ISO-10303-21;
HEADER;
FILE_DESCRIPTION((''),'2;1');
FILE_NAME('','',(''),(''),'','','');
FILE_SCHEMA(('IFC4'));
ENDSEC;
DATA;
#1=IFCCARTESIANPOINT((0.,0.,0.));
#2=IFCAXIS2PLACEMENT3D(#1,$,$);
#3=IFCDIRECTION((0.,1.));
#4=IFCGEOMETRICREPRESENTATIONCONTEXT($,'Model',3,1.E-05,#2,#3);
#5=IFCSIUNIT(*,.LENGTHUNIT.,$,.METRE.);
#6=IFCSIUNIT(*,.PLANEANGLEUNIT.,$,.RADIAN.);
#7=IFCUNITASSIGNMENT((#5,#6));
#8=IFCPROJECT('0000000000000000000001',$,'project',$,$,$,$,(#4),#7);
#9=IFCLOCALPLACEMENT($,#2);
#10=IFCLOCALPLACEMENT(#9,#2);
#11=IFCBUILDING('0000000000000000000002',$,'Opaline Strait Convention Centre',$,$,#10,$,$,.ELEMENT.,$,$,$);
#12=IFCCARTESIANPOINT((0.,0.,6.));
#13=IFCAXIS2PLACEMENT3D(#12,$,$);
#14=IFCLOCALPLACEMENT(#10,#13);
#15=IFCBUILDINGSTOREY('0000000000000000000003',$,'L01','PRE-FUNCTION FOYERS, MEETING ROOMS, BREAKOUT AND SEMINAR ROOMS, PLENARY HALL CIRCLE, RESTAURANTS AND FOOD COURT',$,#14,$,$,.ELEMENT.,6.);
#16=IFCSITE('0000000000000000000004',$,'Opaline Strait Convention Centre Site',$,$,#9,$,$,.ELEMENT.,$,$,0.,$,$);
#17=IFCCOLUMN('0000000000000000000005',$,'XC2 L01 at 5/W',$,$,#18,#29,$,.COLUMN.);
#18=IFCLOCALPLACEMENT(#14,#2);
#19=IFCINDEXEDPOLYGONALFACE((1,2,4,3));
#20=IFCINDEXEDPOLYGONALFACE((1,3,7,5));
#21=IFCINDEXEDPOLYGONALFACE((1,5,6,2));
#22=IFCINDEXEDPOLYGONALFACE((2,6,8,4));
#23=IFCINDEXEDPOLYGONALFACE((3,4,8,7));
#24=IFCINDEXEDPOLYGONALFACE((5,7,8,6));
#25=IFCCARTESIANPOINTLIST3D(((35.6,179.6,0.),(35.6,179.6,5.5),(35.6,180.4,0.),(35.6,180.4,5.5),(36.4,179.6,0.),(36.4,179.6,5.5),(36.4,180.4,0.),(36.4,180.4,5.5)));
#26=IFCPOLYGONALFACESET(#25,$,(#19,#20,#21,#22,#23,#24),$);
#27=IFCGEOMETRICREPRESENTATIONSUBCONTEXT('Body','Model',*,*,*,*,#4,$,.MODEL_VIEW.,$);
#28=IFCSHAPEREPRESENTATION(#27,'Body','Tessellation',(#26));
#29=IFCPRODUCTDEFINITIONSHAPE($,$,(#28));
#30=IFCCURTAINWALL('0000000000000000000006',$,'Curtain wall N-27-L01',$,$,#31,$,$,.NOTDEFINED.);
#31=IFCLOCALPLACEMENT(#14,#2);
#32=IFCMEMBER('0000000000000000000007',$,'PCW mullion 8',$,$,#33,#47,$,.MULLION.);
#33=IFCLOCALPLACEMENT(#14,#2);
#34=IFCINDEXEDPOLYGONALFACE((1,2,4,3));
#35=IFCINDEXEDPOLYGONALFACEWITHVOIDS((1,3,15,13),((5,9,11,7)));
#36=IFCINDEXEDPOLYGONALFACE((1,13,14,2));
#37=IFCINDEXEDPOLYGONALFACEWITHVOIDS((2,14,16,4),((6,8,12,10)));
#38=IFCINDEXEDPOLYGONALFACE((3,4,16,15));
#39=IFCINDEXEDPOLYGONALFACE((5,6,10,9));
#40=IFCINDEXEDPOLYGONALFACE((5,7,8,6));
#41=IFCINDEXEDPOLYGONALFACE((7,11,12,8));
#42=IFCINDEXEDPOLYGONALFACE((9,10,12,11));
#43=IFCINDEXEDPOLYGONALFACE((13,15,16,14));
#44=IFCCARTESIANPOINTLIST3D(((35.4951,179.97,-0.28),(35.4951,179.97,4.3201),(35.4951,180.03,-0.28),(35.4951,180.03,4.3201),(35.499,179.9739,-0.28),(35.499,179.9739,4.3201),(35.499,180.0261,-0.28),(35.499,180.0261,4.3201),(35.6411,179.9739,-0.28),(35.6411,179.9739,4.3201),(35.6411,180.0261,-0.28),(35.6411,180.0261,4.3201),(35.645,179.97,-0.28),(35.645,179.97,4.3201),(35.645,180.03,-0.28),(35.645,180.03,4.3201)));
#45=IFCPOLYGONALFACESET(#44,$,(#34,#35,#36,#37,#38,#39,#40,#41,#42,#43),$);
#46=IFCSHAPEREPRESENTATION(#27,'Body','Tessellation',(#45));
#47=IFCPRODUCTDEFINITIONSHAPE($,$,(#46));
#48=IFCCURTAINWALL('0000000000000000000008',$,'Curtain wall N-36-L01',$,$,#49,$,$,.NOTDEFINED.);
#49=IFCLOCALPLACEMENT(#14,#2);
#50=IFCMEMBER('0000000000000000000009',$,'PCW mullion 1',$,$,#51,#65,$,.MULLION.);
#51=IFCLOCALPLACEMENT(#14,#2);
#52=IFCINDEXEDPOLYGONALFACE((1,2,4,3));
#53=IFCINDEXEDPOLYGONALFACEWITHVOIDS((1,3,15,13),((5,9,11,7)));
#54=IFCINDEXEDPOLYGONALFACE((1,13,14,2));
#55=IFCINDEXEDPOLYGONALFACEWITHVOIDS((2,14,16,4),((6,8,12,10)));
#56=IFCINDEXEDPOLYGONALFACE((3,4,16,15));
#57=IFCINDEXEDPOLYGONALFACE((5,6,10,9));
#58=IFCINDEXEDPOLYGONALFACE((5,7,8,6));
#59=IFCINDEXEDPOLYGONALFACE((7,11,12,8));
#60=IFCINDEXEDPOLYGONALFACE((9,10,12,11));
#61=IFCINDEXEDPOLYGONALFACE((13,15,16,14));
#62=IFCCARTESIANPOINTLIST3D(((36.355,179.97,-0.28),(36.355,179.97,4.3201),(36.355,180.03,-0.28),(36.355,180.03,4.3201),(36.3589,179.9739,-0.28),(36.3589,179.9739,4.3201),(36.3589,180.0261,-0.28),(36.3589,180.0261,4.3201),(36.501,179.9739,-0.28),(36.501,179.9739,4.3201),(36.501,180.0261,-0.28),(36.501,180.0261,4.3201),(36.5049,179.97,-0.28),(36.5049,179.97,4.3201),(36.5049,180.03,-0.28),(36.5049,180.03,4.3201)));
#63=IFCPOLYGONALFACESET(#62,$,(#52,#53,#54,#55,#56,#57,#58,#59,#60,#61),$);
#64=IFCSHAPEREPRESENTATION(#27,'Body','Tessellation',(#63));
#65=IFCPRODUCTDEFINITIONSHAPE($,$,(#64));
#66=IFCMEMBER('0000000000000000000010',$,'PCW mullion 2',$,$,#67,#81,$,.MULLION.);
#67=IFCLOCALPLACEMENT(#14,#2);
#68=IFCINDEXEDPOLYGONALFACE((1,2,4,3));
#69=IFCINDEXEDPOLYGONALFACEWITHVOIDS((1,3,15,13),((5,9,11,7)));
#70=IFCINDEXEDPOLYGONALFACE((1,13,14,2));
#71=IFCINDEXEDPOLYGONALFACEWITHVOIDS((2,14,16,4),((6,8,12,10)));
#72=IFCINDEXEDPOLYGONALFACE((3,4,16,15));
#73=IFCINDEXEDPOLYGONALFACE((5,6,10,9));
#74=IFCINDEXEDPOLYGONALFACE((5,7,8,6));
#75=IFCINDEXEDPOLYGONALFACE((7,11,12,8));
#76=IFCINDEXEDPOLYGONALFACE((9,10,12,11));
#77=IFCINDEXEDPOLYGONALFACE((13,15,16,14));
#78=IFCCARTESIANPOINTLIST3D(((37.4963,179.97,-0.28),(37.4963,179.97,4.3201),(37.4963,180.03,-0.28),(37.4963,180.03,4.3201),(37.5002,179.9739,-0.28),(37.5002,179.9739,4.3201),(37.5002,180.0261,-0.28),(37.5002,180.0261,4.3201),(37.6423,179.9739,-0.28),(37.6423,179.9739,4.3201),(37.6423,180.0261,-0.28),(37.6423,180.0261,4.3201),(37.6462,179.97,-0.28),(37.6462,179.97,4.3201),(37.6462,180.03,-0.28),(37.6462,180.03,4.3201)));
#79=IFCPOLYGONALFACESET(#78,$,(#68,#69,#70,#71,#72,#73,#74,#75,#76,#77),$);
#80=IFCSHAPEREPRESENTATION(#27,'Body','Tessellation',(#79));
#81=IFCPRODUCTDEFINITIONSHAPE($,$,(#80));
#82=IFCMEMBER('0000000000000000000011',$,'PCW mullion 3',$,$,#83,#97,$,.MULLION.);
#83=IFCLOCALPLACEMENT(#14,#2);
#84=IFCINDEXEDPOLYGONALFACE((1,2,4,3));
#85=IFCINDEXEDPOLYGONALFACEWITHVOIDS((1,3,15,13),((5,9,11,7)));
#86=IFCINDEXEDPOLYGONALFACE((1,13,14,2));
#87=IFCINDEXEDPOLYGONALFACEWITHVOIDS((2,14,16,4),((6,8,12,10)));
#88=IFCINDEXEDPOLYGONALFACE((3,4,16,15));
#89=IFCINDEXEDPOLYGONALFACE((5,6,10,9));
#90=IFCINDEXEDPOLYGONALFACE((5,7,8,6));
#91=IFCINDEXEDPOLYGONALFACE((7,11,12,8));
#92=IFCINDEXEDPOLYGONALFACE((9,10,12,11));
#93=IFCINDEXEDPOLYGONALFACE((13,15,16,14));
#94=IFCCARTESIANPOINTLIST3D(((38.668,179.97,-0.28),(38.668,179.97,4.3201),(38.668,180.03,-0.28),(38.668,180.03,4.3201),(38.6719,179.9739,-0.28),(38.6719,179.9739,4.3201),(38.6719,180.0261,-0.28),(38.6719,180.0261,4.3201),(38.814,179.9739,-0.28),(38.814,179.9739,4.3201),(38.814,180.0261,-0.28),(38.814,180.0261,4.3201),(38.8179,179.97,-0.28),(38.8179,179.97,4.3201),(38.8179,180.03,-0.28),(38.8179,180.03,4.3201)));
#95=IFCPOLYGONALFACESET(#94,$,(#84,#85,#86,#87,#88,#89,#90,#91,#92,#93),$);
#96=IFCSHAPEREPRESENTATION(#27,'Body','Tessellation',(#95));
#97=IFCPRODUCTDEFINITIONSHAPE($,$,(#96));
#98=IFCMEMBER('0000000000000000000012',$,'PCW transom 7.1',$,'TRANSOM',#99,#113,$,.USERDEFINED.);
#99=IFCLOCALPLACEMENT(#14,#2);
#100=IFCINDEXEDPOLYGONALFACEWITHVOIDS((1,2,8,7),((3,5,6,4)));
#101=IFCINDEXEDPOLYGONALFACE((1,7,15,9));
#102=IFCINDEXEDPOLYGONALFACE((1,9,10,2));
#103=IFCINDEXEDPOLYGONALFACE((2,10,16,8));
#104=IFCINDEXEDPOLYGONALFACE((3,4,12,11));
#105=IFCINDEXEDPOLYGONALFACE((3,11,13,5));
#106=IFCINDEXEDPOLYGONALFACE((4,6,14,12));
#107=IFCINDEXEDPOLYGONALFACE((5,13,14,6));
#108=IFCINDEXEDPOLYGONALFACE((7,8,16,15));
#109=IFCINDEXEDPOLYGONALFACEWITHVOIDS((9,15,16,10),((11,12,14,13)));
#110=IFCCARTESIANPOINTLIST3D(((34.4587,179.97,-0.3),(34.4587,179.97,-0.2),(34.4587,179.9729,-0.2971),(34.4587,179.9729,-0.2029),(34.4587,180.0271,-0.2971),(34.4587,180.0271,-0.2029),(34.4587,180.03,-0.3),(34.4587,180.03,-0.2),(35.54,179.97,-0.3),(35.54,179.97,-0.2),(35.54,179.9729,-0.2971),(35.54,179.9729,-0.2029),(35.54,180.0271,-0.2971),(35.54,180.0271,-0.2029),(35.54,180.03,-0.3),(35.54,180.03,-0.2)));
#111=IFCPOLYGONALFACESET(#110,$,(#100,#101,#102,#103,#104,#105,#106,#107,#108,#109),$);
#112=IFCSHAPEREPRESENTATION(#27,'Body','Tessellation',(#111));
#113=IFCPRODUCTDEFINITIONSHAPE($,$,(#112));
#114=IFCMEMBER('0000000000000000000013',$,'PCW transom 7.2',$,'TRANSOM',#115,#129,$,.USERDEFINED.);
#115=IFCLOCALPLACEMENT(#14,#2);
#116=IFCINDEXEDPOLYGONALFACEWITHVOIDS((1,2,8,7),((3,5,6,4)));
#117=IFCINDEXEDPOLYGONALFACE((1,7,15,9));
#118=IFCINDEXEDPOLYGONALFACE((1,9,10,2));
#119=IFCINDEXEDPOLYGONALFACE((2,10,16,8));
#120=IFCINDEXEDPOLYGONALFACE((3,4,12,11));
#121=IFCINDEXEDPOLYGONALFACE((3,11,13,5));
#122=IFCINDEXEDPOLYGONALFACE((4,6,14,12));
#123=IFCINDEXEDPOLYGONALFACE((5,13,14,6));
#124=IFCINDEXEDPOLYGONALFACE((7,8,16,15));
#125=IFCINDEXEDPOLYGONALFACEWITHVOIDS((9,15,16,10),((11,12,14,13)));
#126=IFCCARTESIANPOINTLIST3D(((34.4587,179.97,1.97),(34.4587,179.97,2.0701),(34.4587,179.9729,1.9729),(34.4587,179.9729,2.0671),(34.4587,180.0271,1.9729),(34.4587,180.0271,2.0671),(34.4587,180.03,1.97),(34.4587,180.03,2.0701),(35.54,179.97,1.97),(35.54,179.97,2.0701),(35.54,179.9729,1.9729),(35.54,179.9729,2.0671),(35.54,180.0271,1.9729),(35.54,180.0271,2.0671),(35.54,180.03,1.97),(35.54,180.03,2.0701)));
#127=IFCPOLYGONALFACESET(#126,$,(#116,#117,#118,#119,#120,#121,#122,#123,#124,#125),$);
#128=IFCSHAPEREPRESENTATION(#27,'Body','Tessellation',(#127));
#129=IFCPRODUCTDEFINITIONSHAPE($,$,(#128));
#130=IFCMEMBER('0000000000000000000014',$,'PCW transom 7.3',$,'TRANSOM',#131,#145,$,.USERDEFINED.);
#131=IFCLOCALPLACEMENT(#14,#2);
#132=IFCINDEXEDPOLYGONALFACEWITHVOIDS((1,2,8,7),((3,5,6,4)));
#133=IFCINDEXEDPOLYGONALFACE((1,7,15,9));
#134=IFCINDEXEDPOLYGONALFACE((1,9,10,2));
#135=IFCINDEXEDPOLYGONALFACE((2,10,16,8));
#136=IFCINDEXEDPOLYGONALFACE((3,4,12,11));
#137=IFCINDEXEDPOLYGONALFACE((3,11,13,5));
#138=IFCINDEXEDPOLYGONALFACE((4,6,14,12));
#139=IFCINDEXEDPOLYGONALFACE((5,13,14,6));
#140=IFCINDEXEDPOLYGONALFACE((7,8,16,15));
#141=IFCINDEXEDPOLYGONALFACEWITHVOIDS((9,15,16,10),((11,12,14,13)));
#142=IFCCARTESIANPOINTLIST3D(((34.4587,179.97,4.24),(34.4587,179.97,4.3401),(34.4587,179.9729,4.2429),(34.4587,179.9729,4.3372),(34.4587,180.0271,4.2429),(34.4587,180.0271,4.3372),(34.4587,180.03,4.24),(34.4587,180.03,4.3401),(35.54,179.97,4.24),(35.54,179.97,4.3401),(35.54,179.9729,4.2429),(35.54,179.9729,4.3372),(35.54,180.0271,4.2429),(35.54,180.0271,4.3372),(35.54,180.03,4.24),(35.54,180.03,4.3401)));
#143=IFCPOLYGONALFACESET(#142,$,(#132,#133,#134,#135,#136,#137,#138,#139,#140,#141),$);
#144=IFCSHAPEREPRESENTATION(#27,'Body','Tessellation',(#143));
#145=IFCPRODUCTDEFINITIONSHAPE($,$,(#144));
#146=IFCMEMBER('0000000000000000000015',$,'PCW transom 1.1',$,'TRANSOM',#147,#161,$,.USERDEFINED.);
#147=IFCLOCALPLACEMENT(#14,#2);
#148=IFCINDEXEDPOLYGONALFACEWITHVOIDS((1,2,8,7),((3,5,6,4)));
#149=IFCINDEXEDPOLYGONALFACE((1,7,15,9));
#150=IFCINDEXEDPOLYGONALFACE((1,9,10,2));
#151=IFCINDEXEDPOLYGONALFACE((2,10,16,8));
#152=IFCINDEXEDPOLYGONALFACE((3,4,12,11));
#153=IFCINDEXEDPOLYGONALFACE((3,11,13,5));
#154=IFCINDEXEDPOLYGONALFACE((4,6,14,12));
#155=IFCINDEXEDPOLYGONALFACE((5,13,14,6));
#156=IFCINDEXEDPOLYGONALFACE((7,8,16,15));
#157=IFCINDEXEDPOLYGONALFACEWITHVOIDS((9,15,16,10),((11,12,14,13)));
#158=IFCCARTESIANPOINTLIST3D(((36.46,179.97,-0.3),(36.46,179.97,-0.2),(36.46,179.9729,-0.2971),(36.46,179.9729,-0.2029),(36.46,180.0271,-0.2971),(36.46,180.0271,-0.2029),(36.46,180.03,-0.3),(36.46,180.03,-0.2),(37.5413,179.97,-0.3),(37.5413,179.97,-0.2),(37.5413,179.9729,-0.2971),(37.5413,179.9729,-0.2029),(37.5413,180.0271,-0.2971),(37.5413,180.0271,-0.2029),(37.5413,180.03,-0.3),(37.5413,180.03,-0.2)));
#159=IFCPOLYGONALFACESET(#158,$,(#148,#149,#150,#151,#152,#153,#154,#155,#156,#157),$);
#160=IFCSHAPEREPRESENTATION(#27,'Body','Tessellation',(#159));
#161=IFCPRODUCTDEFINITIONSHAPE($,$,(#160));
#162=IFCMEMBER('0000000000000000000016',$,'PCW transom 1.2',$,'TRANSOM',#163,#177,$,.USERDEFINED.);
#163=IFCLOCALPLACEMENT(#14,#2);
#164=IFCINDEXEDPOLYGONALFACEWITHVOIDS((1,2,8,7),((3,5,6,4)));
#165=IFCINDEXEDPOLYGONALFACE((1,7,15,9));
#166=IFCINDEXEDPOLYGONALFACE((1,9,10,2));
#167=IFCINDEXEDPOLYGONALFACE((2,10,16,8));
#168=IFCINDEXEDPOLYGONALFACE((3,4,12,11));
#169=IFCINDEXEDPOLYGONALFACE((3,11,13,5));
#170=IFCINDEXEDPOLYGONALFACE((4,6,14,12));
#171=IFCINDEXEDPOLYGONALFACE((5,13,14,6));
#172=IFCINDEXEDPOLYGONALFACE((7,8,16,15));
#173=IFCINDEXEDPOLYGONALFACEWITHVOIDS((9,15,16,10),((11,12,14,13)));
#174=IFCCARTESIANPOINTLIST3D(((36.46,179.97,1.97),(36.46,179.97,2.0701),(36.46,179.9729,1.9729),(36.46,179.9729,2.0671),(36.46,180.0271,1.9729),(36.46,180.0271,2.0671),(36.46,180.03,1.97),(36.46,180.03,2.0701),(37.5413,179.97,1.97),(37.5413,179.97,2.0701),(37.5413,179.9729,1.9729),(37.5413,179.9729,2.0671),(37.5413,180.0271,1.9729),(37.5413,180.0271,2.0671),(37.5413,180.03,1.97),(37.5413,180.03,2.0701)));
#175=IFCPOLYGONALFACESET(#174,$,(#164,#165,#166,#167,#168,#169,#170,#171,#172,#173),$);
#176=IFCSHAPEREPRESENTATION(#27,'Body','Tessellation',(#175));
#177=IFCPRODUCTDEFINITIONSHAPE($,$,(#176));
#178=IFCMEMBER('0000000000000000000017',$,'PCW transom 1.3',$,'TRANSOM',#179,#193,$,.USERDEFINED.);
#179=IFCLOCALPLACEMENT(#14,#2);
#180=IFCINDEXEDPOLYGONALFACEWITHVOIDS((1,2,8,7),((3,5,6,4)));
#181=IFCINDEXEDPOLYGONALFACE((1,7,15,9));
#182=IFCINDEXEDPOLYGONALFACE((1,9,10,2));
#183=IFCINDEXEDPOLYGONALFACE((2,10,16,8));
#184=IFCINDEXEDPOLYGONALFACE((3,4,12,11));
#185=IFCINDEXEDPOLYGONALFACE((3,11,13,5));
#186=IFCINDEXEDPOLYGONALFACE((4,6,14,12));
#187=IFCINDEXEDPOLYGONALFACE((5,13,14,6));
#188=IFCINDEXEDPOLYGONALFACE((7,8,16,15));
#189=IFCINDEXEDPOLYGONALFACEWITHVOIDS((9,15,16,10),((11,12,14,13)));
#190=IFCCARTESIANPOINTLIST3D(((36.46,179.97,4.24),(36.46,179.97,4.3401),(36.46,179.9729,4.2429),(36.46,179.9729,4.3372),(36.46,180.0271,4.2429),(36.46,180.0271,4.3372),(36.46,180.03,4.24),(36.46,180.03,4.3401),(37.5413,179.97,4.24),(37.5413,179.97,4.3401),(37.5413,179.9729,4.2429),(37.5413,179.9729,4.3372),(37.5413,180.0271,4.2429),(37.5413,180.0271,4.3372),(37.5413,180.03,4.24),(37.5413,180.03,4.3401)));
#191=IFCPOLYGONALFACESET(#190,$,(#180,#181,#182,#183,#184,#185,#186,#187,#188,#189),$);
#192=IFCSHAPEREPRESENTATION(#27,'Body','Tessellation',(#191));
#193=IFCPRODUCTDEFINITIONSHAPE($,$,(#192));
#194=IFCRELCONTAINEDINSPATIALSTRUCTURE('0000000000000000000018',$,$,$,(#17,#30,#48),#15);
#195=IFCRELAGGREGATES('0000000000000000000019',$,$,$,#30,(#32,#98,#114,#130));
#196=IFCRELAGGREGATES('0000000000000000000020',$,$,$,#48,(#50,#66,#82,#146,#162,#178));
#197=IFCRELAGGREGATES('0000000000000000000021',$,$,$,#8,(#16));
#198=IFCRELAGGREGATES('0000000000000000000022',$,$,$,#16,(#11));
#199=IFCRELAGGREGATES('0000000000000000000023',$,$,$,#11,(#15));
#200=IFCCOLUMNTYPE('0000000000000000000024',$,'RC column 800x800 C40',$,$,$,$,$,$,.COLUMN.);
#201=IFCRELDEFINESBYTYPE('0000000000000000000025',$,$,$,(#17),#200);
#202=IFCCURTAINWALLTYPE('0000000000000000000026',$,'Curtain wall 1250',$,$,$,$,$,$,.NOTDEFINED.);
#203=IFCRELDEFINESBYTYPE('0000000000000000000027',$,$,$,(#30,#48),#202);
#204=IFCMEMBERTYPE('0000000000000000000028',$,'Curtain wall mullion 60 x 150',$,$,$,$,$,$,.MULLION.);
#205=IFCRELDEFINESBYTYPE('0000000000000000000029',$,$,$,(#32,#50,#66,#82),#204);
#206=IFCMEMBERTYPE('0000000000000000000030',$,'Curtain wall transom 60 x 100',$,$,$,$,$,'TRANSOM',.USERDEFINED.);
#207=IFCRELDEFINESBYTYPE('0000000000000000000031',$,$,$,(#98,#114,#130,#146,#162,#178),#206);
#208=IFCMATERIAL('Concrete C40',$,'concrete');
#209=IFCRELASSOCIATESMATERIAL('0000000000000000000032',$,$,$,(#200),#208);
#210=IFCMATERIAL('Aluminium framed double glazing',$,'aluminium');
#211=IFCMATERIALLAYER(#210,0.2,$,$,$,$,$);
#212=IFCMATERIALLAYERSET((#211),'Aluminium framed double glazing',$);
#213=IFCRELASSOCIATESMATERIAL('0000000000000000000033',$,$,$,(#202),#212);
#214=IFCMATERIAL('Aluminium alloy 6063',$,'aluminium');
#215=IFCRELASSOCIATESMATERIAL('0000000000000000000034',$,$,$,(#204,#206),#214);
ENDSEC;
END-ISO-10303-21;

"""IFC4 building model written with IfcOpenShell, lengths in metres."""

from ifc_helpers import new_model, si_unit, direction, frame, origin, origin_2d, place, context, subcontext, project, spatial, rectangle, hollow_rectangle, extrude, material, layer, layer_set, material_profile, profile_set, type_object, element, aggregate, save


model = new_model("IFC4")

# Units and contexts
model_context = context("Model", 3, precision=1e-05, world=origin(), true_north=direction((0.0, 1.0)))
body_context = subcontext(model_context, "Body", "Model", "MODEL_VIEW")
ifc_project = project(units=[si_unit("LENGTHUNIT", "METRE"), si_unit("PLANEANGLEUNIT", "RADIAN")], contexts=[model_context])

# Site, building, storey
site_placement = place(None, origin())
site = spatial("IfcSite", under=ifc_project, at=site_placement, Name="Opaline Strait Convention Centre Site", CompositionType="ELEMENT", RefElevation=0.0)
building_placement = place(site_placement, origin())
building = spatial("IfcBuilding", under=site, at=building_placement, Name="Opaline Strait Convention Centre", CompositionType="ELEMENT")
storey_placement = place(building_placement, frame((0.0, 0.0, 6.0)))
storey = spatial("IfcBuildingStorey", under=building, at=storey_placement, Name="L01", Description="PRE-FUNCTION FOYERS, MEETING ROOMS, BREAKOUT AND SEMINAR ROOMS, PLENARY HALL CIRCLE, RESTAURANTS AND FOOD COURT", CompositionType="ELEMENT", Elevation=6.0)

# Column
ifc_material_1 = material(Name="Concrete C40", Category="concrete")
ifc_material_profile_1 = material_profile(ifc_material_1, rectangle(XDim=0.8, YDim=0.8, at=origin_2d()), Name="RC 800x800")
ifc_profile_set_1 = profile_set([ifc_material_profile_1], Name="Concrete C40")
column_type = type_object("IfcColumnType", Name="RC column 800x800 C40", PredefinedType="COLUMN", material=ifc_profile_set_1)
column_placement = place(storey_placement, frame((36.0, 180.0, 0.0), z_axis=(0.0, 0.0, 1.0), x_axis=(1.0, 0.0, 0.0)))
element("IfcColumn", 1, at=column_placement, inside=storey, type_object=column_type, Name="XC2 L01 at 5/W", PredefinedType="COLUMN", context=body_context, shape_type="SweptSolid", body=[
    extrude(rectangle(XDim=0.8, YDim=0.8, at=origin_2d()), origin(), (0.0, 0.0, 1.0), 5.5),
])

# Curtain wall, member
ifc_material_2 = material(Name="Aluminium framed double glazing", Category="aluminium")
ifc_layer_1 = layer(ifc_material_2, 0.2)
ifc_layer_set_1 = layer_set([ifc_layer_1], Name="Aluminium framed double glazing")
curtain_wall_type = type_object("IfcCurtainWallType", Name="Curtain wall 1250", PredefinedType="NOTDEFINED", material=ifc_layer_set_1)
curtain_wall_1_placement = place(storey_placement, origin())
curtain_wall_1 = element("IfcCurtainWall", 2, at=curtain_wall_1_placement, inside=storey, type_object=curtain_wall_type, Name="Curtain wall N-27-L01", PredefinedType="NOTDEFINED")
ifc_material_3 = material(Name="Aluminium alloy 6063", Category="aluminium")
ifc_material_profile_2 = material_profile(ifc_material_3, hollow_rectangle(XDim=0.0601, YDim=0.1499, WallThickness=0.0039, at=origin_2d()), Name="MULLION 60x150x4")
ifc_profile_set_2 = profile_set([ifc_material_profile_2], Name="Aluminium alloy 6063")
member_type_1 = type_object("IfcMemberType", Name="Curtain wall mullion 60 x 150", PredefinedType="MULLION", material=ifc_profile_set_2)
member_1_placement = place(storey_placement, frame((35.5701, 180.0, -0.28), z_axis=(0.0, 0.0, 1.0), x_axis=(0.0, 1.0, 0.0)))
member_1 = element("IfcMember", 3, at=member_1_placement, type_object=member_type_1, Name="PCW mullion 8", PredefinedType="MULLION", context=body_context, shape_type="SweptSolid", body=[
    extrude(hollow_rectangle(XDim=0.0601, YDim=0.1499, WallThickness=0.0039, at=origin_2d()), origin(), (0.0, 0.0, 1.0), 4.6001),
])

# Curtain wall, members
curtain_wall_2_placement = place(storey_placement, origin())
curtain_wall_2 = element("IfcCurtainWall", 4, at=curtain_wall_2_placement, inside=storey, type_object=curtain_wall_type, Name="Curtain wall N-36-L01", PredefinedType="NOTDEFINED")
member_2_placement = place(storey_placement, frame((36.4299, 180.0, -0.28), z_axis=(0.0, 0.0, 1.0), x_axis=(0.0, 1.0, 0.0)))
member_2 = element("IfcMember", 5, at=member_2_placement, type_object=member_type_1, Name="PCW mullion 1", PredefinedType="MULLION", context=body_context, shape_type="SweptSolid", body=[
    extrude(hollow_rectangle(XDim=0.0601, YDim=0.1499, WallThickness=0.0039, at=origin_2d()), origin(), (0.0, 0.0, 1.0), 4.6001),
])
member_3_placement = place(storey_placement, frame((37.5713, 180.0, -0.28), z_axis=(0.0, 0.0, 1.0), x_axis=(0.0, 1.0, 0.0)))
member_3 = element("IfcMember", 6, at=member_3_placement, type_object=member_type_1, Name="PCW mullion 2", PredefinedType="MULLION", context=body_context, shape_type="SweptSolid", body=[
    extrude(hollow_rectangle(XDim=0.0601, YDim=0.1499, WallThickness=0.0039, at=origin_2d()), origin(), (0.0, 0.0, 1.0), 4.6001),
])
member_4_placement = place(storey_placement, frame((38.7429, 180.0, -0.28), z_axis=(0.0, 0.0, 1.0), x_axis=(0.0, 1.0, 0.0)))
member_4 = element("IfcMember", 7, at=member_4_placement, type_object=member_type_1, Name="PCW mullion 3", PredefinedType="MULLION", context=body_context, shape_type="SweptSolid", body=[
    extrude(hollow_rectangle(XDim=0.0601, YDim=0.1499, WallThickness=0.0039, at=origin_2d()), origin(), (0.0, 0.0, 1.0), 4.6001),
])

# Members
ifc_material_profile_3 = material_profile(ifc_material_3, hollow_rectangle(XDim=0.0601, YDim=0.1001, WallThickness=0.0029, at=origin_2d()), Name="TRANSOM 60x100x3")
ifc_profile_set_3 = profile_set([ifc_material_profile_3], Name="Aluminium alloy 6063")
member_type_2 = type_object("IfcMemberType", Name="Curtain wall transom 60 x 100", ElementType="TRANSOM", PredefinedType="USERDEFINED", material=ifc_profile_set_3)
member_5_placement = place(storey_placement, frame((34.4587, 180.0, -0.25), z_axis=(1.0, 0.0, 0.0), x_axis=(0.0, 1.0, 0.0)))
member_5 = element("IfcMember", 8, at=member_5_placement, type_object=member_type_2, Name="PCW transom 7.1", ObjectType="TRANSOM", PredefinedType="USERDEFINED", context=body_context, shape_type="SweptSolid", body=[
    extrude(hollow_rectangle(XDim=0.0601, YDim=0.1001, WallThickness=0.0029, at=origin_2d()), origin(), (0.0, 0.0, 1.0), 1.0813),
])
member_6_placement = place(storey_placement, frame((34.4587, 180.0, 2.02), z_axis=(1.0, 0.0, 0.0), x_axis=(0.0, 1.0, 0.0)))
member_6 = element("IfcMember", 9, at=member_6_placement, type_object=member_type_2, Name="PCW transom 7.2", ObjectType="TRANSOM", PredefinedType="USERDEFINED", context=body_context, shape_type="SweptSolid", body=[
    extrude(hollow_rectangle(XDim=0.0601, YDim=0.1001, WallThickness=0.0029, at=origin_2d()), origin(), (0.0, 0.0, 1.0), 1.0813),
])
member_7_placement = place(storey_placement, frame((34.4587, 180.0, 4.29), z_axis=(1.0, 0.0, 0.0), x_axis=(0.0, 1.0, 0.0)))
member_7 = element("IfcMember", 10, at=member_7_placement, type_object=member_type_2, Name="PCW transom 7.3", ObjectType="TRANSOM", PredefinedType="USERDEFINED", context=body_context, shape_type="SweptSolid", body=[
    extrude(hollow_rectangle(XDim=0.0601, YDim=0.1001, WallThickness=0.0029, at=origin_2d()), origin(), (0.0, 0.0, 1.0), 1.0813),
])
member_8_placement = place(storey_placement, frame((36.46, 180.0, -0.25), z_axis=(1.0, 0.0, 0.0), x_axis=(0.0, 1.0, 0.0)))
member_8 = element("IfcMember", 11, at=member_8_placement, type_object=member_type_2, Name="PCW transom 1.1", ObjectType="TRANSOM", PredefinedType="USERDEFINED", context=body_context, shape_type="SweptSolid", body=[
    extrude(hollow_rectangle(XDim=0.0601, YDim=0.1001, WallThickness=0.0029, at=origin_2d()), origin(), (0.0, 0.0, 1.0), 1.0813),
])
member_9_placement = place(storey_placement, frame((36.46, 180.0, 2.02), z_axis=(1.0, 0.0, 0.0), x_axis=(0.0, 1.0, 0.0)))
member_9 = element("IfcMember", 12, at=member_9_placement, type_object=member_type_2, Name="PCW transom 1.2", ObjectType="TRANSOM", PredefinedType="USERDEFINED", context=body_context, shape_type="SweptSolid", body=[
    extrude(hollow_rectangle(XDim=0.0601, YDim=0.1001, WallThickness=0.0029, at=origin_2d()), origin(), (0.0, 0.0, 1.0), 1.0813),
])
member_10_placement = place(storey_placement, frame((36.46, 180.0, 4.29), z_axis=(1.0, 0.0, 0.0), x_axis=(0.0, 1.0, 0.0)))
member_10 = element("IfcMember", 13, at=member_10_placement, type_object=member_type_2, Name="PCW transom 1.3", ObjectType="TRANSOM", PredefinedType="USERDEFINED", context=body_context, shape_type="SweptSolid", body=[
    extrude(hollow_rectangle(XDim=0.0601, YDim=0.1001, WallThickness=0.0029, at=origin_2d()), origin(), (0.0, 0.0, 1.0), 1.0813),
])

aggregate(curtain_wall_1, [member_1, member_5, member_6, member_7])
aggregate(curtain_wall_2, [member_2, member_3, member_4, member_8, member_9, member_10])

save(model, "model.ifc")
